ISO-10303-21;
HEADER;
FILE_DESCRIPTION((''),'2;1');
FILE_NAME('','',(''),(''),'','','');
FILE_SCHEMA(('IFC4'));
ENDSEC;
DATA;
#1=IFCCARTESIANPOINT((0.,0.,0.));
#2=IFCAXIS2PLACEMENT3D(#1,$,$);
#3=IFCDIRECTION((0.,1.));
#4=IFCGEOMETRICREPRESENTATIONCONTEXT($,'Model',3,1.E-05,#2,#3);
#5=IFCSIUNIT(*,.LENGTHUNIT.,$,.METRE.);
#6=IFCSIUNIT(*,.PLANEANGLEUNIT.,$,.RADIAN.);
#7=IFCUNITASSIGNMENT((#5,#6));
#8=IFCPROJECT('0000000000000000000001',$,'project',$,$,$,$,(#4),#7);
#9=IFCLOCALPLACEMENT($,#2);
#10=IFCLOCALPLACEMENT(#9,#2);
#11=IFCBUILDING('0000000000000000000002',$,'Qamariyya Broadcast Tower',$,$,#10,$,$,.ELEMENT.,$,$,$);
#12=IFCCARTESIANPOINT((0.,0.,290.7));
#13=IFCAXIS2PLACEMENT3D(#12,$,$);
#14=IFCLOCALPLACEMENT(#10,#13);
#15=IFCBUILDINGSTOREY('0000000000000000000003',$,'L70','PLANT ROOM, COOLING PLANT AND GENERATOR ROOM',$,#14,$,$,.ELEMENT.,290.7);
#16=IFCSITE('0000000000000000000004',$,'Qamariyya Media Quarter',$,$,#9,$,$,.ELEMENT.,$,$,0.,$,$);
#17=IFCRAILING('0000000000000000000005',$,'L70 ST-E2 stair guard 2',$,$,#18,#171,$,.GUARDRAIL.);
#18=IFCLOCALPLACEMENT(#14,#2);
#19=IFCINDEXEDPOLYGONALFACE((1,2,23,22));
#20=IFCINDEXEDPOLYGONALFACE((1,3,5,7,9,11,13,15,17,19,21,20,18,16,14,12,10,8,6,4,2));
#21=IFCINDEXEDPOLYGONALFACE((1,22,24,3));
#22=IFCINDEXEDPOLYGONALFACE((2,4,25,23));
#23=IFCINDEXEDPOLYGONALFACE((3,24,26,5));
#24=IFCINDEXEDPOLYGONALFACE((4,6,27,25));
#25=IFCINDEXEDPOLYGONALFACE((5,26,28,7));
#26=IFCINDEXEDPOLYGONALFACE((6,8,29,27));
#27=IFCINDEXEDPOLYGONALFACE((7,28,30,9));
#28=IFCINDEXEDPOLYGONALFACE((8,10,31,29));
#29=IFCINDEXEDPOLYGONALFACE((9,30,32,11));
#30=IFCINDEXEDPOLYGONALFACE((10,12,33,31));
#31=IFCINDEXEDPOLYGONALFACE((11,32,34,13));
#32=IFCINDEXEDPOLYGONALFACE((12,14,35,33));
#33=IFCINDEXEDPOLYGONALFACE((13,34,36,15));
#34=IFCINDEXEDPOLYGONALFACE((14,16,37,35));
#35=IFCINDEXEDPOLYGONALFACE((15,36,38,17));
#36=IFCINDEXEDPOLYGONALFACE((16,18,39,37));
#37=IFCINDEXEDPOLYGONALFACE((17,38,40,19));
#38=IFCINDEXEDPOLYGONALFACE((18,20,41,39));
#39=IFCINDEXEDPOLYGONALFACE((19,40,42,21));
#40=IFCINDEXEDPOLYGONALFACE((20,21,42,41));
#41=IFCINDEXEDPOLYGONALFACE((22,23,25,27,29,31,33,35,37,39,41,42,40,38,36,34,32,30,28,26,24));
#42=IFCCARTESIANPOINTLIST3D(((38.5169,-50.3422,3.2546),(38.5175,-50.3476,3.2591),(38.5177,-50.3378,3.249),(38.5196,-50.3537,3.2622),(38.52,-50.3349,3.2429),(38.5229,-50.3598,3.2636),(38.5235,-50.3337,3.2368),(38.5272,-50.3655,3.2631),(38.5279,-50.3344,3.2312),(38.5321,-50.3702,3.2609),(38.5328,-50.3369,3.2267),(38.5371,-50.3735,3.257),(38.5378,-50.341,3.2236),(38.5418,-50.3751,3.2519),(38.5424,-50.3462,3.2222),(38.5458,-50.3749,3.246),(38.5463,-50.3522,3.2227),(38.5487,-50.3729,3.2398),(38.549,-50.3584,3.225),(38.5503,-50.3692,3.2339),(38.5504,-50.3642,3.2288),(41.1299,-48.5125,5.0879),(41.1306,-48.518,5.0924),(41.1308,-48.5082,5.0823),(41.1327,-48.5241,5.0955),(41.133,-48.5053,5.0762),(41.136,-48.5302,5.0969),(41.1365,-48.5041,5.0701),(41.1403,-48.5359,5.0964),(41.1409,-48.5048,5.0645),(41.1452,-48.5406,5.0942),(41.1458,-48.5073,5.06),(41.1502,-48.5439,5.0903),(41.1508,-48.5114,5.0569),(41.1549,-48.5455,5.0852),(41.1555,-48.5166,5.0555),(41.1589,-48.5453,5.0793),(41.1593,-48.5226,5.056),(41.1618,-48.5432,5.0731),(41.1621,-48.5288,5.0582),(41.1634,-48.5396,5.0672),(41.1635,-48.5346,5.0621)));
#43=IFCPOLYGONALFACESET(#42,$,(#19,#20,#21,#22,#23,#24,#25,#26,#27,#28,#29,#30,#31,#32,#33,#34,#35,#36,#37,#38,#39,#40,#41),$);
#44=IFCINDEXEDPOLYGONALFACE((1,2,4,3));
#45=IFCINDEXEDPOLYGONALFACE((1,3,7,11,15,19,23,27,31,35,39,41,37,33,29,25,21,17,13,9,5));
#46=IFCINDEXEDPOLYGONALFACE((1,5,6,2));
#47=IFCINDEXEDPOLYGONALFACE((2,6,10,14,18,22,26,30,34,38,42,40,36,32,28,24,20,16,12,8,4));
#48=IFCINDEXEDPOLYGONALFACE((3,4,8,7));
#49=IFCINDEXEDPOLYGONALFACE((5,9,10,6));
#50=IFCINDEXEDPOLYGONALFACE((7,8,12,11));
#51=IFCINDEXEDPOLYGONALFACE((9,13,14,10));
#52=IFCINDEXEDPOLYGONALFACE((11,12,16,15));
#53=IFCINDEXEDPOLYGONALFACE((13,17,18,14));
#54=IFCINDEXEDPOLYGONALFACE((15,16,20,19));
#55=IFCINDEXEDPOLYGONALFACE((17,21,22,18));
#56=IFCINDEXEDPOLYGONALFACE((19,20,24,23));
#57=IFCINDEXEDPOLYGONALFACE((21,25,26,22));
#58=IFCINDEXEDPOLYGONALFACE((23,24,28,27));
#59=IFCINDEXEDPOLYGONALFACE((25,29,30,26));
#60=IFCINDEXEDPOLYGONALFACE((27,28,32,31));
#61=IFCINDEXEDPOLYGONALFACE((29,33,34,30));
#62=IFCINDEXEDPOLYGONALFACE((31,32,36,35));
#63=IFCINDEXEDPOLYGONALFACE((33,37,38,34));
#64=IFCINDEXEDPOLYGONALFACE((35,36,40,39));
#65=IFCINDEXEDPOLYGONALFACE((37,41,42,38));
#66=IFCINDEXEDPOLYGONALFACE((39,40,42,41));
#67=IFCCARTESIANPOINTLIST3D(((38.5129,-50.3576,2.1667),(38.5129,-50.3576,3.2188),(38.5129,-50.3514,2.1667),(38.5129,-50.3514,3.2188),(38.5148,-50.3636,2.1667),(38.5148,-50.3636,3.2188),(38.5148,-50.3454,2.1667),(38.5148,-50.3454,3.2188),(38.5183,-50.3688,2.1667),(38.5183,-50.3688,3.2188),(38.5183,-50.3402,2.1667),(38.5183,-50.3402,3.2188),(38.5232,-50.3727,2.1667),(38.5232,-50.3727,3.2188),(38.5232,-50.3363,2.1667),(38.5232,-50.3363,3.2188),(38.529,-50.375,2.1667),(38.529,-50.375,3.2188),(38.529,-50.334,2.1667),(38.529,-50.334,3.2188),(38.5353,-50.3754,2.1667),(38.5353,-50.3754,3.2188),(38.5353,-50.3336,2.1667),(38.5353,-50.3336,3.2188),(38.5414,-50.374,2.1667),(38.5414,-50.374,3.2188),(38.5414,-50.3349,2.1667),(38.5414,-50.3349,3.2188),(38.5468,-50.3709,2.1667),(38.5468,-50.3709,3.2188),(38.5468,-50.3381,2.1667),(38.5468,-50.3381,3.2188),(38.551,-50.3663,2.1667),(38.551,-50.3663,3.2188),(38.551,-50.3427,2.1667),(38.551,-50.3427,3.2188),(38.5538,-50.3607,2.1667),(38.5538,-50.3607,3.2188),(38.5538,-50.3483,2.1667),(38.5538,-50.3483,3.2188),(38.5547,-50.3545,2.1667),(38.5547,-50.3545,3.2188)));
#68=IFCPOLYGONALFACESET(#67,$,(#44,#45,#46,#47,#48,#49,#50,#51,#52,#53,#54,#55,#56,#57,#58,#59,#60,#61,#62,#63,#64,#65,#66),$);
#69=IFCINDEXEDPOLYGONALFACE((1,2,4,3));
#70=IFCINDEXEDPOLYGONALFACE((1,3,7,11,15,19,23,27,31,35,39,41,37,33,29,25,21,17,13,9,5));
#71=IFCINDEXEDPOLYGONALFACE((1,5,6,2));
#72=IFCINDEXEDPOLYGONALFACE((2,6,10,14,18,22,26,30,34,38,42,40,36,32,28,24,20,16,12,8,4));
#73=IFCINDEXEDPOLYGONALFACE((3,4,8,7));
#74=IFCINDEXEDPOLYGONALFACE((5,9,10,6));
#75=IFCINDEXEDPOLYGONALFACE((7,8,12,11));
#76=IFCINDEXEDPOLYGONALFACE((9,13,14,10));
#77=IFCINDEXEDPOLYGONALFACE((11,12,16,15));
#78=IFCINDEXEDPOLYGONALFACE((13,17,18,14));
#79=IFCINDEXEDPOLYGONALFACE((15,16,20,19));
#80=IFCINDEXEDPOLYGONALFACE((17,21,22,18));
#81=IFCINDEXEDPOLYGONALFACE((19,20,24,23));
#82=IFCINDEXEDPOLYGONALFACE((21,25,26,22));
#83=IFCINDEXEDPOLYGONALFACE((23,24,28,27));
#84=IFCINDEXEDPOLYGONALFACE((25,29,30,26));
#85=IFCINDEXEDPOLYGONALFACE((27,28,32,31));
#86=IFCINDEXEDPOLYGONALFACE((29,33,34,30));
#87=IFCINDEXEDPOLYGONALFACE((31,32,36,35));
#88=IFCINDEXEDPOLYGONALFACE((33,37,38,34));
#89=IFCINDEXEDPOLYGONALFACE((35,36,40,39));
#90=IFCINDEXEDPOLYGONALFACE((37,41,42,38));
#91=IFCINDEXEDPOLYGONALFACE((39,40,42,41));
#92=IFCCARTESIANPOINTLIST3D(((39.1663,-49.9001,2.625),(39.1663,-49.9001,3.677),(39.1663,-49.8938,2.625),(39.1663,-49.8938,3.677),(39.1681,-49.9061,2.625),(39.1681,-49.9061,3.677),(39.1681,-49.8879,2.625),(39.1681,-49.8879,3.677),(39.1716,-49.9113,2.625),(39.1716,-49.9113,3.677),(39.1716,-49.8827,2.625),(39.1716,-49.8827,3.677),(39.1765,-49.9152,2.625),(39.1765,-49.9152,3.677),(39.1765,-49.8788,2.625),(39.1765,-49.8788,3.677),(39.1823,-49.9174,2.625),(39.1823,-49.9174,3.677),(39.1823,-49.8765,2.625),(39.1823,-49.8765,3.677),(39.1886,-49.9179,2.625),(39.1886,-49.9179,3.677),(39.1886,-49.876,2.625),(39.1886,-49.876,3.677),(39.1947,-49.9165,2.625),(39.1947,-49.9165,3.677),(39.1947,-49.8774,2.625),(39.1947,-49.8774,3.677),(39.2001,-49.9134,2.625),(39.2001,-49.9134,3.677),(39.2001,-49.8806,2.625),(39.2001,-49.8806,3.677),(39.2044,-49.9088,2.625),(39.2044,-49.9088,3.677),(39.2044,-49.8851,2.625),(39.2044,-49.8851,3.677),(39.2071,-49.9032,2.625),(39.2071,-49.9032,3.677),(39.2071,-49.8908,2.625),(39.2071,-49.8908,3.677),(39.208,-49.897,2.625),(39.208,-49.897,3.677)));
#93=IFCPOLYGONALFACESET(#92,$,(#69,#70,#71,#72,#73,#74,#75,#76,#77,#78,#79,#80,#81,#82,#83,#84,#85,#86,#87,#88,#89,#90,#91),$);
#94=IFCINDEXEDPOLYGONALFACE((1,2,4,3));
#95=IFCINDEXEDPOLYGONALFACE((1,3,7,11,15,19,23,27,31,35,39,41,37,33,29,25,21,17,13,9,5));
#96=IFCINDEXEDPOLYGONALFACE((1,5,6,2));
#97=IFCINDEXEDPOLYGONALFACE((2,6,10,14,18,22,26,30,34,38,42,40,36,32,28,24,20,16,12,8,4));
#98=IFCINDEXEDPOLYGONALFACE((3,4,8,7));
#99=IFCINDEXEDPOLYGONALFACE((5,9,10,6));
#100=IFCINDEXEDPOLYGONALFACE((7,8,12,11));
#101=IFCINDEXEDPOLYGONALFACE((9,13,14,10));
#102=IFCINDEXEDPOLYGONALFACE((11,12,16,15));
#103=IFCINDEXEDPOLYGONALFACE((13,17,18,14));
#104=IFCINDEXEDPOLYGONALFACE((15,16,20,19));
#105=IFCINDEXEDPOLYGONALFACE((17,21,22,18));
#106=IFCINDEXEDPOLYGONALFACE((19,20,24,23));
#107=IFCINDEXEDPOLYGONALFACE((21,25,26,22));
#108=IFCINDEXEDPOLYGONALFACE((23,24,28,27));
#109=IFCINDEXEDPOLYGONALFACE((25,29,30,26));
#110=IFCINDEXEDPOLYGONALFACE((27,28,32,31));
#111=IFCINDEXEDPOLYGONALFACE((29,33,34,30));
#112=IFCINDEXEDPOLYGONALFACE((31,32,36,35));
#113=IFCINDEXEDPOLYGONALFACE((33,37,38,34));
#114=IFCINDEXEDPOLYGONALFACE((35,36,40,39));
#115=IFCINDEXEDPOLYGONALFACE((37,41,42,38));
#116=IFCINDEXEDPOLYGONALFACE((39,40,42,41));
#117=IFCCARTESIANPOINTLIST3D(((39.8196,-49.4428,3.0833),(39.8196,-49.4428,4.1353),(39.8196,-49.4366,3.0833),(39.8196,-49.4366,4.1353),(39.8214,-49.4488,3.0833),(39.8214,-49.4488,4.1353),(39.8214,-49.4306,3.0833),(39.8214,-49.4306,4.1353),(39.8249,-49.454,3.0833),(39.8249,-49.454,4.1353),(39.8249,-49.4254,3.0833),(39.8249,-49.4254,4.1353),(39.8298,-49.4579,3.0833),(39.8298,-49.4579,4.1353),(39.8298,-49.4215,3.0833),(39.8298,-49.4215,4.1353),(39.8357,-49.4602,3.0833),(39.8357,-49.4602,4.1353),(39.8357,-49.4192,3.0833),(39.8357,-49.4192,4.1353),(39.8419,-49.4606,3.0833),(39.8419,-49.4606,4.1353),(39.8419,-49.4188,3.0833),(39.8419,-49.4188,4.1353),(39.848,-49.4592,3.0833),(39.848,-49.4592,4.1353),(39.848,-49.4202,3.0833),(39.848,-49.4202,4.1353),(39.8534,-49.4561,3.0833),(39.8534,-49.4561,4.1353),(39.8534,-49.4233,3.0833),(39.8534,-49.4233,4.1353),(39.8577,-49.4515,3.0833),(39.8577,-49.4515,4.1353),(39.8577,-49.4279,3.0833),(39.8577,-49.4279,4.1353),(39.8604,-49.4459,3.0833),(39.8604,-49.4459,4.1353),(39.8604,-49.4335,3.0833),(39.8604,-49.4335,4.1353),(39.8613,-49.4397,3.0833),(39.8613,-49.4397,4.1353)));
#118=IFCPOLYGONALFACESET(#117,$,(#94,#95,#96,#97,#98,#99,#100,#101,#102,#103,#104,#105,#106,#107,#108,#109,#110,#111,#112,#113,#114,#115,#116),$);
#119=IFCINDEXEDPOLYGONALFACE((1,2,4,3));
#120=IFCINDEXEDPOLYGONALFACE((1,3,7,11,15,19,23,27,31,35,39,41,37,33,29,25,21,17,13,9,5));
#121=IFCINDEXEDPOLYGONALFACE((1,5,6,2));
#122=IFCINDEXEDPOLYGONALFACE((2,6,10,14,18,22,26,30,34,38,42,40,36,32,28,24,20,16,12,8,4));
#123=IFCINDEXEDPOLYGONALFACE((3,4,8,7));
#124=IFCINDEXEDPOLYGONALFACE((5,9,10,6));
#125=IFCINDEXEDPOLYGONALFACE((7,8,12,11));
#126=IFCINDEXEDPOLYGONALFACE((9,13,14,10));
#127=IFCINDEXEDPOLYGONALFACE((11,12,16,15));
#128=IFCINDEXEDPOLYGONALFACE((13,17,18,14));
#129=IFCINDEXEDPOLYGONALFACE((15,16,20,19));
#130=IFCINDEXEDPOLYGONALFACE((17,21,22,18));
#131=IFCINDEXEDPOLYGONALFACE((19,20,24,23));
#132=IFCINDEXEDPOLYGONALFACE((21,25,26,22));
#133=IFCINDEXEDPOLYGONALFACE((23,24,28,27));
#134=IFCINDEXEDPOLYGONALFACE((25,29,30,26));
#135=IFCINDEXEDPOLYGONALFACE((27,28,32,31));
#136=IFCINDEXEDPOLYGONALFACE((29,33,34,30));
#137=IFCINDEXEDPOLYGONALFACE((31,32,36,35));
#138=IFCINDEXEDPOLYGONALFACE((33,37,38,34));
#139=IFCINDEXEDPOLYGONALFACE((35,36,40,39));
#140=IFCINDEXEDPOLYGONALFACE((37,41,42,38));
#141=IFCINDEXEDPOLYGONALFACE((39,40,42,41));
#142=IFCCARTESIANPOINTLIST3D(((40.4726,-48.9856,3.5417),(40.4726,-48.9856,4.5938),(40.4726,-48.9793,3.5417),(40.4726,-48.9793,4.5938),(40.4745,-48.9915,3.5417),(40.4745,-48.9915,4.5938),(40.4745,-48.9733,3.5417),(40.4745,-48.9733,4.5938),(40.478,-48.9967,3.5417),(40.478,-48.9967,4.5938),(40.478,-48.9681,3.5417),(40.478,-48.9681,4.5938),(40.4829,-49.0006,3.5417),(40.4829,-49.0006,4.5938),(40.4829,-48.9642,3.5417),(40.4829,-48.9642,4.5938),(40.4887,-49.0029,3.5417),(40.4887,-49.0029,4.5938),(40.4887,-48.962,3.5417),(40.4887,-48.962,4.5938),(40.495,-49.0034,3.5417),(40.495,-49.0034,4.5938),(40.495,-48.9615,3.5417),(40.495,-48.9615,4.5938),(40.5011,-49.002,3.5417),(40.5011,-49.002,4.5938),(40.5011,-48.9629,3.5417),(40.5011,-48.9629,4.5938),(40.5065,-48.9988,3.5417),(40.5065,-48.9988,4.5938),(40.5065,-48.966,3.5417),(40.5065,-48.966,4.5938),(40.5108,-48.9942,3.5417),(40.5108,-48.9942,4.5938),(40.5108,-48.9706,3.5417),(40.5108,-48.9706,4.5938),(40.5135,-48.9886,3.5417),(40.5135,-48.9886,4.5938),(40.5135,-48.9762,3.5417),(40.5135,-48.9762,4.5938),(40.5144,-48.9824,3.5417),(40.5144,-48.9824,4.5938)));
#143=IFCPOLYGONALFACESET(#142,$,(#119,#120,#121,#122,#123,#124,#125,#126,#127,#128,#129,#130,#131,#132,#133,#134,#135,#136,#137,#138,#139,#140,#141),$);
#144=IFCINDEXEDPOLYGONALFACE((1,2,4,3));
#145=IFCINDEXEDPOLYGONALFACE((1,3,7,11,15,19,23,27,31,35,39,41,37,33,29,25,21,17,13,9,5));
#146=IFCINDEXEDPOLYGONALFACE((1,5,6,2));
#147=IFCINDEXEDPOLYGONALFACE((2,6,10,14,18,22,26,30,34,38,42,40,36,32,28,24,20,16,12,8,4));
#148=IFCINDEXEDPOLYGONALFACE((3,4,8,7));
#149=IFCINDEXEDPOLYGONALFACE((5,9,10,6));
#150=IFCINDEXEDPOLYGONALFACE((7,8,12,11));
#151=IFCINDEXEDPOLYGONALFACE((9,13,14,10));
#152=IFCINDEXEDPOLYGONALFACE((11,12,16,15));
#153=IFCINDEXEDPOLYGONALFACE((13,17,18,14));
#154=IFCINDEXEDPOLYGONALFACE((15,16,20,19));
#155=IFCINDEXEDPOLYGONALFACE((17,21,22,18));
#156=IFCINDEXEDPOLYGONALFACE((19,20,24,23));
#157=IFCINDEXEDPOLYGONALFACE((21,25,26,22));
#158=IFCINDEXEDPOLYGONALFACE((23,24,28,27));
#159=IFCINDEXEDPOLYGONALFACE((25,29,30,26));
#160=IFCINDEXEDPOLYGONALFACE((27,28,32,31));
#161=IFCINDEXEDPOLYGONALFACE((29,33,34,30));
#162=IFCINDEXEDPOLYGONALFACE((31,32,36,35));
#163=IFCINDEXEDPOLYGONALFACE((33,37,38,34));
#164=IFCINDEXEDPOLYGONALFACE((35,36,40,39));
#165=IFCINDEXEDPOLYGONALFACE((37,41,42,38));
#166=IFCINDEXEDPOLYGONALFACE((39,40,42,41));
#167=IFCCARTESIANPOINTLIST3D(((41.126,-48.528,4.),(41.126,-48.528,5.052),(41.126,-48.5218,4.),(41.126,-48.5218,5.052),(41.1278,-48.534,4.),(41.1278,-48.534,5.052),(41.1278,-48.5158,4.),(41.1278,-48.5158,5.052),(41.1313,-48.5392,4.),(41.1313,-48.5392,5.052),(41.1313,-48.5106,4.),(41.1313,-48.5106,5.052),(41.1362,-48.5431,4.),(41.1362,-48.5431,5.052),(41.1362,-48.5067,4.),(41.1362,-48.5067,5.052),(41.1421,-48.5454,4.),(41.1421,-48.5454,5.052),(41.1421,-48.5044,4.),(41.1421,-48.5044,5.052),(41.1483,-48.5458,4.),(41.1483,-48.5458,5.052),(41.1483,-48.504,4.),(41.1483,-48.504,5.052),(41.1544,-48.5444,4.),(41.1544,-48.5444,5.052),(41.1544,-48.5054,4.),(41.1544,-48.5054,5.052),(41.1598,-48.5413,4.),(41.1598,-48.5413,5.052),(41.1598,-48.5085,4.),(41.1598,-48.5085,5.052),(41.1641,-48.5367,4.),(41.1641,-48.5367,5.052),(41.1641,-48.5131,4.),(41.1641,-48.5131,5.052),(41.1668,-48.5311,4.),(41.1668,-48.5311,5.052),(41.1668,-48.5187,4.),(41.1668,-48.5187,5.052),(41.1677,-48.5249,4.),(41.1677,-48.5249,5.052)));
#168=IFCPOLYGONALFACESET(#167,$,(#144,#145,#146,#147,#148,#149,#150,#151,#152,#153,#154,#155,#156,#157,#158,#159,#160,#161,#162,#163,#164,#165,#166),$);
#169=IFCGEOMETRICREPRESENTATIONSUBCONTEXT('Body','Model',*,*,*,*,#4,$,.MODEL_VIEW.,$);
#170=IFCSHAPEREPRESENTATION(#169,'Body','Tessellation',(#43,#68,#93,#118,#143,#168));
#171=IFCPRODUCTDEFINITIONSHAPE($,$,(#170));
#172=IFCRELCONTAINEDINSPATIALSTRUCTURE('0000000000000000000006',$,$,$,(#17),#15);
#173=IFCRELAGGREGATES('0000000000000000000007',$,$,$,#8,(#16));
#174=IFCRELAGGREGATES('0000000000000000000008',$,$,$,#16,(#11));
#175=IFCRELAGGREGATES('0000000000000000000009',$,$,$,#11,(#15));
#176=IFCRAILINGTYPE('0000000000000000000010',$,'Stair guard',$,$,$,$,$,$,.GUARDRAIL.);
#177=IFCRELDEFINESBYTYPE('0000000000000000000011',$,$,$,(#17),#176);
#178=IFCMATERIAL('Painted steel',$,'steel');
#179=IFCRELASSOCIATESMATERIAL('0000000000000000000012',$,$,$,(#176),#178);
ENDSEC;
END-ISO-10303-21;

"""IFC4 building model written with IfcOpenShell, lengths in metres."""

from ifc_helpers import new_model, si_unit, direction, frame, origin, origin_2d, place, context, subcontext, project, spatial, circle, extrude, material, type_object, element, save


model = new_model("IFC4")

# Units and contexts
model_context = context("Model", 3, precision=1e-05, world=origin(), true_north=direction((0.0, 1.0)))
body_context = subcontext(model_context, "Body", "Model", "MODEL_VIEW")
ifc_project = project(units=[si_unit("LENGTHUNIT", "METRE"), si_unit("PLANEANGLEUNIT", "RADIAN")], contexts=[model_context])

# Site, building, storey
site_placement = place(None, origin())
site = spatial("IfcSite", under=ifc_project, at=site_placement, Name="Qamariyya Media Quarter", CompositionType="ELEMENT", RefElevation=0.0)
building_placement = place(site_placement, origin())
building = spatial("IfcBuilding", under=site, at=building_placement, Name="Qamariyya Broadcast Tower", CompositionType="ELEMENT")
storey_placement = place(building_placement, frame((0.0, 0.0, 290.7)))
storey = spatial("IfcBuildingStorey", under=building, at=storey_placement, Name="L70", Description="PLANT ROOM, COOLING PLANT AND GENERATOR ROOM", CompositionType="ELEMENT", Elevation=290.7)

# Railing
ifc_material_1 = material(Name="Painted steel", Category="steel")
railing_type = type_object("IfcRailingType", Name="Stair guard", PredefinedType="GUARDRAIL", material=ifc_material_1)
railing_placement = place(storey_placement, frame((38.5337, -50.3545, 2.1667)))
element("IfcRailing", 1, at=railing_placement, inside=storey, type_object=railing_type, Name="L70 ST-E2 stair guard 2", PredefinedType="GUARDRAIL", context=body_context, shape_type="SweptSolid", body=[
    extrude(circle(Radius=0.0239, at=origin_2d()), frame((0.0, 0.0, 1.0762), z_axis=(0.710228, 0.497285, 0.498281), x_axis=(-0.57356, 0.819164, 0.0)), (0.0, 0.0, 1.0), 3.6792),
    extrude(circle(Radius=0.021, at=origin_2d()), origin(), (0.0, 0.0, 1.0), 1.052),
    extrude(circle(Radius=0.021, at=origin_2d()), frame((0.6533, 0.4575, 0.4583)), (0.0, 0.0, 1.0), 1.052),
    extrude(circle(Radius=0.021, at=origin_2d()), frame((1.3066, 0.9148, 0.9165)), (0.0, 0.0, 1.0), 1.052),
    extrude(circle(Radius=0.021, at=origin_2d()), frame((1.9597, 1.3721, 1.375)), (0.0, 0.0, 1.0), 1.052),
    extrude(circle(Radius=0.021, at=origin_2d()), frame((2.613, 1.8296, 1.8333)), (0.0, 0.0, 1.0), 1.052),
])

save(model, "model.ifc")
